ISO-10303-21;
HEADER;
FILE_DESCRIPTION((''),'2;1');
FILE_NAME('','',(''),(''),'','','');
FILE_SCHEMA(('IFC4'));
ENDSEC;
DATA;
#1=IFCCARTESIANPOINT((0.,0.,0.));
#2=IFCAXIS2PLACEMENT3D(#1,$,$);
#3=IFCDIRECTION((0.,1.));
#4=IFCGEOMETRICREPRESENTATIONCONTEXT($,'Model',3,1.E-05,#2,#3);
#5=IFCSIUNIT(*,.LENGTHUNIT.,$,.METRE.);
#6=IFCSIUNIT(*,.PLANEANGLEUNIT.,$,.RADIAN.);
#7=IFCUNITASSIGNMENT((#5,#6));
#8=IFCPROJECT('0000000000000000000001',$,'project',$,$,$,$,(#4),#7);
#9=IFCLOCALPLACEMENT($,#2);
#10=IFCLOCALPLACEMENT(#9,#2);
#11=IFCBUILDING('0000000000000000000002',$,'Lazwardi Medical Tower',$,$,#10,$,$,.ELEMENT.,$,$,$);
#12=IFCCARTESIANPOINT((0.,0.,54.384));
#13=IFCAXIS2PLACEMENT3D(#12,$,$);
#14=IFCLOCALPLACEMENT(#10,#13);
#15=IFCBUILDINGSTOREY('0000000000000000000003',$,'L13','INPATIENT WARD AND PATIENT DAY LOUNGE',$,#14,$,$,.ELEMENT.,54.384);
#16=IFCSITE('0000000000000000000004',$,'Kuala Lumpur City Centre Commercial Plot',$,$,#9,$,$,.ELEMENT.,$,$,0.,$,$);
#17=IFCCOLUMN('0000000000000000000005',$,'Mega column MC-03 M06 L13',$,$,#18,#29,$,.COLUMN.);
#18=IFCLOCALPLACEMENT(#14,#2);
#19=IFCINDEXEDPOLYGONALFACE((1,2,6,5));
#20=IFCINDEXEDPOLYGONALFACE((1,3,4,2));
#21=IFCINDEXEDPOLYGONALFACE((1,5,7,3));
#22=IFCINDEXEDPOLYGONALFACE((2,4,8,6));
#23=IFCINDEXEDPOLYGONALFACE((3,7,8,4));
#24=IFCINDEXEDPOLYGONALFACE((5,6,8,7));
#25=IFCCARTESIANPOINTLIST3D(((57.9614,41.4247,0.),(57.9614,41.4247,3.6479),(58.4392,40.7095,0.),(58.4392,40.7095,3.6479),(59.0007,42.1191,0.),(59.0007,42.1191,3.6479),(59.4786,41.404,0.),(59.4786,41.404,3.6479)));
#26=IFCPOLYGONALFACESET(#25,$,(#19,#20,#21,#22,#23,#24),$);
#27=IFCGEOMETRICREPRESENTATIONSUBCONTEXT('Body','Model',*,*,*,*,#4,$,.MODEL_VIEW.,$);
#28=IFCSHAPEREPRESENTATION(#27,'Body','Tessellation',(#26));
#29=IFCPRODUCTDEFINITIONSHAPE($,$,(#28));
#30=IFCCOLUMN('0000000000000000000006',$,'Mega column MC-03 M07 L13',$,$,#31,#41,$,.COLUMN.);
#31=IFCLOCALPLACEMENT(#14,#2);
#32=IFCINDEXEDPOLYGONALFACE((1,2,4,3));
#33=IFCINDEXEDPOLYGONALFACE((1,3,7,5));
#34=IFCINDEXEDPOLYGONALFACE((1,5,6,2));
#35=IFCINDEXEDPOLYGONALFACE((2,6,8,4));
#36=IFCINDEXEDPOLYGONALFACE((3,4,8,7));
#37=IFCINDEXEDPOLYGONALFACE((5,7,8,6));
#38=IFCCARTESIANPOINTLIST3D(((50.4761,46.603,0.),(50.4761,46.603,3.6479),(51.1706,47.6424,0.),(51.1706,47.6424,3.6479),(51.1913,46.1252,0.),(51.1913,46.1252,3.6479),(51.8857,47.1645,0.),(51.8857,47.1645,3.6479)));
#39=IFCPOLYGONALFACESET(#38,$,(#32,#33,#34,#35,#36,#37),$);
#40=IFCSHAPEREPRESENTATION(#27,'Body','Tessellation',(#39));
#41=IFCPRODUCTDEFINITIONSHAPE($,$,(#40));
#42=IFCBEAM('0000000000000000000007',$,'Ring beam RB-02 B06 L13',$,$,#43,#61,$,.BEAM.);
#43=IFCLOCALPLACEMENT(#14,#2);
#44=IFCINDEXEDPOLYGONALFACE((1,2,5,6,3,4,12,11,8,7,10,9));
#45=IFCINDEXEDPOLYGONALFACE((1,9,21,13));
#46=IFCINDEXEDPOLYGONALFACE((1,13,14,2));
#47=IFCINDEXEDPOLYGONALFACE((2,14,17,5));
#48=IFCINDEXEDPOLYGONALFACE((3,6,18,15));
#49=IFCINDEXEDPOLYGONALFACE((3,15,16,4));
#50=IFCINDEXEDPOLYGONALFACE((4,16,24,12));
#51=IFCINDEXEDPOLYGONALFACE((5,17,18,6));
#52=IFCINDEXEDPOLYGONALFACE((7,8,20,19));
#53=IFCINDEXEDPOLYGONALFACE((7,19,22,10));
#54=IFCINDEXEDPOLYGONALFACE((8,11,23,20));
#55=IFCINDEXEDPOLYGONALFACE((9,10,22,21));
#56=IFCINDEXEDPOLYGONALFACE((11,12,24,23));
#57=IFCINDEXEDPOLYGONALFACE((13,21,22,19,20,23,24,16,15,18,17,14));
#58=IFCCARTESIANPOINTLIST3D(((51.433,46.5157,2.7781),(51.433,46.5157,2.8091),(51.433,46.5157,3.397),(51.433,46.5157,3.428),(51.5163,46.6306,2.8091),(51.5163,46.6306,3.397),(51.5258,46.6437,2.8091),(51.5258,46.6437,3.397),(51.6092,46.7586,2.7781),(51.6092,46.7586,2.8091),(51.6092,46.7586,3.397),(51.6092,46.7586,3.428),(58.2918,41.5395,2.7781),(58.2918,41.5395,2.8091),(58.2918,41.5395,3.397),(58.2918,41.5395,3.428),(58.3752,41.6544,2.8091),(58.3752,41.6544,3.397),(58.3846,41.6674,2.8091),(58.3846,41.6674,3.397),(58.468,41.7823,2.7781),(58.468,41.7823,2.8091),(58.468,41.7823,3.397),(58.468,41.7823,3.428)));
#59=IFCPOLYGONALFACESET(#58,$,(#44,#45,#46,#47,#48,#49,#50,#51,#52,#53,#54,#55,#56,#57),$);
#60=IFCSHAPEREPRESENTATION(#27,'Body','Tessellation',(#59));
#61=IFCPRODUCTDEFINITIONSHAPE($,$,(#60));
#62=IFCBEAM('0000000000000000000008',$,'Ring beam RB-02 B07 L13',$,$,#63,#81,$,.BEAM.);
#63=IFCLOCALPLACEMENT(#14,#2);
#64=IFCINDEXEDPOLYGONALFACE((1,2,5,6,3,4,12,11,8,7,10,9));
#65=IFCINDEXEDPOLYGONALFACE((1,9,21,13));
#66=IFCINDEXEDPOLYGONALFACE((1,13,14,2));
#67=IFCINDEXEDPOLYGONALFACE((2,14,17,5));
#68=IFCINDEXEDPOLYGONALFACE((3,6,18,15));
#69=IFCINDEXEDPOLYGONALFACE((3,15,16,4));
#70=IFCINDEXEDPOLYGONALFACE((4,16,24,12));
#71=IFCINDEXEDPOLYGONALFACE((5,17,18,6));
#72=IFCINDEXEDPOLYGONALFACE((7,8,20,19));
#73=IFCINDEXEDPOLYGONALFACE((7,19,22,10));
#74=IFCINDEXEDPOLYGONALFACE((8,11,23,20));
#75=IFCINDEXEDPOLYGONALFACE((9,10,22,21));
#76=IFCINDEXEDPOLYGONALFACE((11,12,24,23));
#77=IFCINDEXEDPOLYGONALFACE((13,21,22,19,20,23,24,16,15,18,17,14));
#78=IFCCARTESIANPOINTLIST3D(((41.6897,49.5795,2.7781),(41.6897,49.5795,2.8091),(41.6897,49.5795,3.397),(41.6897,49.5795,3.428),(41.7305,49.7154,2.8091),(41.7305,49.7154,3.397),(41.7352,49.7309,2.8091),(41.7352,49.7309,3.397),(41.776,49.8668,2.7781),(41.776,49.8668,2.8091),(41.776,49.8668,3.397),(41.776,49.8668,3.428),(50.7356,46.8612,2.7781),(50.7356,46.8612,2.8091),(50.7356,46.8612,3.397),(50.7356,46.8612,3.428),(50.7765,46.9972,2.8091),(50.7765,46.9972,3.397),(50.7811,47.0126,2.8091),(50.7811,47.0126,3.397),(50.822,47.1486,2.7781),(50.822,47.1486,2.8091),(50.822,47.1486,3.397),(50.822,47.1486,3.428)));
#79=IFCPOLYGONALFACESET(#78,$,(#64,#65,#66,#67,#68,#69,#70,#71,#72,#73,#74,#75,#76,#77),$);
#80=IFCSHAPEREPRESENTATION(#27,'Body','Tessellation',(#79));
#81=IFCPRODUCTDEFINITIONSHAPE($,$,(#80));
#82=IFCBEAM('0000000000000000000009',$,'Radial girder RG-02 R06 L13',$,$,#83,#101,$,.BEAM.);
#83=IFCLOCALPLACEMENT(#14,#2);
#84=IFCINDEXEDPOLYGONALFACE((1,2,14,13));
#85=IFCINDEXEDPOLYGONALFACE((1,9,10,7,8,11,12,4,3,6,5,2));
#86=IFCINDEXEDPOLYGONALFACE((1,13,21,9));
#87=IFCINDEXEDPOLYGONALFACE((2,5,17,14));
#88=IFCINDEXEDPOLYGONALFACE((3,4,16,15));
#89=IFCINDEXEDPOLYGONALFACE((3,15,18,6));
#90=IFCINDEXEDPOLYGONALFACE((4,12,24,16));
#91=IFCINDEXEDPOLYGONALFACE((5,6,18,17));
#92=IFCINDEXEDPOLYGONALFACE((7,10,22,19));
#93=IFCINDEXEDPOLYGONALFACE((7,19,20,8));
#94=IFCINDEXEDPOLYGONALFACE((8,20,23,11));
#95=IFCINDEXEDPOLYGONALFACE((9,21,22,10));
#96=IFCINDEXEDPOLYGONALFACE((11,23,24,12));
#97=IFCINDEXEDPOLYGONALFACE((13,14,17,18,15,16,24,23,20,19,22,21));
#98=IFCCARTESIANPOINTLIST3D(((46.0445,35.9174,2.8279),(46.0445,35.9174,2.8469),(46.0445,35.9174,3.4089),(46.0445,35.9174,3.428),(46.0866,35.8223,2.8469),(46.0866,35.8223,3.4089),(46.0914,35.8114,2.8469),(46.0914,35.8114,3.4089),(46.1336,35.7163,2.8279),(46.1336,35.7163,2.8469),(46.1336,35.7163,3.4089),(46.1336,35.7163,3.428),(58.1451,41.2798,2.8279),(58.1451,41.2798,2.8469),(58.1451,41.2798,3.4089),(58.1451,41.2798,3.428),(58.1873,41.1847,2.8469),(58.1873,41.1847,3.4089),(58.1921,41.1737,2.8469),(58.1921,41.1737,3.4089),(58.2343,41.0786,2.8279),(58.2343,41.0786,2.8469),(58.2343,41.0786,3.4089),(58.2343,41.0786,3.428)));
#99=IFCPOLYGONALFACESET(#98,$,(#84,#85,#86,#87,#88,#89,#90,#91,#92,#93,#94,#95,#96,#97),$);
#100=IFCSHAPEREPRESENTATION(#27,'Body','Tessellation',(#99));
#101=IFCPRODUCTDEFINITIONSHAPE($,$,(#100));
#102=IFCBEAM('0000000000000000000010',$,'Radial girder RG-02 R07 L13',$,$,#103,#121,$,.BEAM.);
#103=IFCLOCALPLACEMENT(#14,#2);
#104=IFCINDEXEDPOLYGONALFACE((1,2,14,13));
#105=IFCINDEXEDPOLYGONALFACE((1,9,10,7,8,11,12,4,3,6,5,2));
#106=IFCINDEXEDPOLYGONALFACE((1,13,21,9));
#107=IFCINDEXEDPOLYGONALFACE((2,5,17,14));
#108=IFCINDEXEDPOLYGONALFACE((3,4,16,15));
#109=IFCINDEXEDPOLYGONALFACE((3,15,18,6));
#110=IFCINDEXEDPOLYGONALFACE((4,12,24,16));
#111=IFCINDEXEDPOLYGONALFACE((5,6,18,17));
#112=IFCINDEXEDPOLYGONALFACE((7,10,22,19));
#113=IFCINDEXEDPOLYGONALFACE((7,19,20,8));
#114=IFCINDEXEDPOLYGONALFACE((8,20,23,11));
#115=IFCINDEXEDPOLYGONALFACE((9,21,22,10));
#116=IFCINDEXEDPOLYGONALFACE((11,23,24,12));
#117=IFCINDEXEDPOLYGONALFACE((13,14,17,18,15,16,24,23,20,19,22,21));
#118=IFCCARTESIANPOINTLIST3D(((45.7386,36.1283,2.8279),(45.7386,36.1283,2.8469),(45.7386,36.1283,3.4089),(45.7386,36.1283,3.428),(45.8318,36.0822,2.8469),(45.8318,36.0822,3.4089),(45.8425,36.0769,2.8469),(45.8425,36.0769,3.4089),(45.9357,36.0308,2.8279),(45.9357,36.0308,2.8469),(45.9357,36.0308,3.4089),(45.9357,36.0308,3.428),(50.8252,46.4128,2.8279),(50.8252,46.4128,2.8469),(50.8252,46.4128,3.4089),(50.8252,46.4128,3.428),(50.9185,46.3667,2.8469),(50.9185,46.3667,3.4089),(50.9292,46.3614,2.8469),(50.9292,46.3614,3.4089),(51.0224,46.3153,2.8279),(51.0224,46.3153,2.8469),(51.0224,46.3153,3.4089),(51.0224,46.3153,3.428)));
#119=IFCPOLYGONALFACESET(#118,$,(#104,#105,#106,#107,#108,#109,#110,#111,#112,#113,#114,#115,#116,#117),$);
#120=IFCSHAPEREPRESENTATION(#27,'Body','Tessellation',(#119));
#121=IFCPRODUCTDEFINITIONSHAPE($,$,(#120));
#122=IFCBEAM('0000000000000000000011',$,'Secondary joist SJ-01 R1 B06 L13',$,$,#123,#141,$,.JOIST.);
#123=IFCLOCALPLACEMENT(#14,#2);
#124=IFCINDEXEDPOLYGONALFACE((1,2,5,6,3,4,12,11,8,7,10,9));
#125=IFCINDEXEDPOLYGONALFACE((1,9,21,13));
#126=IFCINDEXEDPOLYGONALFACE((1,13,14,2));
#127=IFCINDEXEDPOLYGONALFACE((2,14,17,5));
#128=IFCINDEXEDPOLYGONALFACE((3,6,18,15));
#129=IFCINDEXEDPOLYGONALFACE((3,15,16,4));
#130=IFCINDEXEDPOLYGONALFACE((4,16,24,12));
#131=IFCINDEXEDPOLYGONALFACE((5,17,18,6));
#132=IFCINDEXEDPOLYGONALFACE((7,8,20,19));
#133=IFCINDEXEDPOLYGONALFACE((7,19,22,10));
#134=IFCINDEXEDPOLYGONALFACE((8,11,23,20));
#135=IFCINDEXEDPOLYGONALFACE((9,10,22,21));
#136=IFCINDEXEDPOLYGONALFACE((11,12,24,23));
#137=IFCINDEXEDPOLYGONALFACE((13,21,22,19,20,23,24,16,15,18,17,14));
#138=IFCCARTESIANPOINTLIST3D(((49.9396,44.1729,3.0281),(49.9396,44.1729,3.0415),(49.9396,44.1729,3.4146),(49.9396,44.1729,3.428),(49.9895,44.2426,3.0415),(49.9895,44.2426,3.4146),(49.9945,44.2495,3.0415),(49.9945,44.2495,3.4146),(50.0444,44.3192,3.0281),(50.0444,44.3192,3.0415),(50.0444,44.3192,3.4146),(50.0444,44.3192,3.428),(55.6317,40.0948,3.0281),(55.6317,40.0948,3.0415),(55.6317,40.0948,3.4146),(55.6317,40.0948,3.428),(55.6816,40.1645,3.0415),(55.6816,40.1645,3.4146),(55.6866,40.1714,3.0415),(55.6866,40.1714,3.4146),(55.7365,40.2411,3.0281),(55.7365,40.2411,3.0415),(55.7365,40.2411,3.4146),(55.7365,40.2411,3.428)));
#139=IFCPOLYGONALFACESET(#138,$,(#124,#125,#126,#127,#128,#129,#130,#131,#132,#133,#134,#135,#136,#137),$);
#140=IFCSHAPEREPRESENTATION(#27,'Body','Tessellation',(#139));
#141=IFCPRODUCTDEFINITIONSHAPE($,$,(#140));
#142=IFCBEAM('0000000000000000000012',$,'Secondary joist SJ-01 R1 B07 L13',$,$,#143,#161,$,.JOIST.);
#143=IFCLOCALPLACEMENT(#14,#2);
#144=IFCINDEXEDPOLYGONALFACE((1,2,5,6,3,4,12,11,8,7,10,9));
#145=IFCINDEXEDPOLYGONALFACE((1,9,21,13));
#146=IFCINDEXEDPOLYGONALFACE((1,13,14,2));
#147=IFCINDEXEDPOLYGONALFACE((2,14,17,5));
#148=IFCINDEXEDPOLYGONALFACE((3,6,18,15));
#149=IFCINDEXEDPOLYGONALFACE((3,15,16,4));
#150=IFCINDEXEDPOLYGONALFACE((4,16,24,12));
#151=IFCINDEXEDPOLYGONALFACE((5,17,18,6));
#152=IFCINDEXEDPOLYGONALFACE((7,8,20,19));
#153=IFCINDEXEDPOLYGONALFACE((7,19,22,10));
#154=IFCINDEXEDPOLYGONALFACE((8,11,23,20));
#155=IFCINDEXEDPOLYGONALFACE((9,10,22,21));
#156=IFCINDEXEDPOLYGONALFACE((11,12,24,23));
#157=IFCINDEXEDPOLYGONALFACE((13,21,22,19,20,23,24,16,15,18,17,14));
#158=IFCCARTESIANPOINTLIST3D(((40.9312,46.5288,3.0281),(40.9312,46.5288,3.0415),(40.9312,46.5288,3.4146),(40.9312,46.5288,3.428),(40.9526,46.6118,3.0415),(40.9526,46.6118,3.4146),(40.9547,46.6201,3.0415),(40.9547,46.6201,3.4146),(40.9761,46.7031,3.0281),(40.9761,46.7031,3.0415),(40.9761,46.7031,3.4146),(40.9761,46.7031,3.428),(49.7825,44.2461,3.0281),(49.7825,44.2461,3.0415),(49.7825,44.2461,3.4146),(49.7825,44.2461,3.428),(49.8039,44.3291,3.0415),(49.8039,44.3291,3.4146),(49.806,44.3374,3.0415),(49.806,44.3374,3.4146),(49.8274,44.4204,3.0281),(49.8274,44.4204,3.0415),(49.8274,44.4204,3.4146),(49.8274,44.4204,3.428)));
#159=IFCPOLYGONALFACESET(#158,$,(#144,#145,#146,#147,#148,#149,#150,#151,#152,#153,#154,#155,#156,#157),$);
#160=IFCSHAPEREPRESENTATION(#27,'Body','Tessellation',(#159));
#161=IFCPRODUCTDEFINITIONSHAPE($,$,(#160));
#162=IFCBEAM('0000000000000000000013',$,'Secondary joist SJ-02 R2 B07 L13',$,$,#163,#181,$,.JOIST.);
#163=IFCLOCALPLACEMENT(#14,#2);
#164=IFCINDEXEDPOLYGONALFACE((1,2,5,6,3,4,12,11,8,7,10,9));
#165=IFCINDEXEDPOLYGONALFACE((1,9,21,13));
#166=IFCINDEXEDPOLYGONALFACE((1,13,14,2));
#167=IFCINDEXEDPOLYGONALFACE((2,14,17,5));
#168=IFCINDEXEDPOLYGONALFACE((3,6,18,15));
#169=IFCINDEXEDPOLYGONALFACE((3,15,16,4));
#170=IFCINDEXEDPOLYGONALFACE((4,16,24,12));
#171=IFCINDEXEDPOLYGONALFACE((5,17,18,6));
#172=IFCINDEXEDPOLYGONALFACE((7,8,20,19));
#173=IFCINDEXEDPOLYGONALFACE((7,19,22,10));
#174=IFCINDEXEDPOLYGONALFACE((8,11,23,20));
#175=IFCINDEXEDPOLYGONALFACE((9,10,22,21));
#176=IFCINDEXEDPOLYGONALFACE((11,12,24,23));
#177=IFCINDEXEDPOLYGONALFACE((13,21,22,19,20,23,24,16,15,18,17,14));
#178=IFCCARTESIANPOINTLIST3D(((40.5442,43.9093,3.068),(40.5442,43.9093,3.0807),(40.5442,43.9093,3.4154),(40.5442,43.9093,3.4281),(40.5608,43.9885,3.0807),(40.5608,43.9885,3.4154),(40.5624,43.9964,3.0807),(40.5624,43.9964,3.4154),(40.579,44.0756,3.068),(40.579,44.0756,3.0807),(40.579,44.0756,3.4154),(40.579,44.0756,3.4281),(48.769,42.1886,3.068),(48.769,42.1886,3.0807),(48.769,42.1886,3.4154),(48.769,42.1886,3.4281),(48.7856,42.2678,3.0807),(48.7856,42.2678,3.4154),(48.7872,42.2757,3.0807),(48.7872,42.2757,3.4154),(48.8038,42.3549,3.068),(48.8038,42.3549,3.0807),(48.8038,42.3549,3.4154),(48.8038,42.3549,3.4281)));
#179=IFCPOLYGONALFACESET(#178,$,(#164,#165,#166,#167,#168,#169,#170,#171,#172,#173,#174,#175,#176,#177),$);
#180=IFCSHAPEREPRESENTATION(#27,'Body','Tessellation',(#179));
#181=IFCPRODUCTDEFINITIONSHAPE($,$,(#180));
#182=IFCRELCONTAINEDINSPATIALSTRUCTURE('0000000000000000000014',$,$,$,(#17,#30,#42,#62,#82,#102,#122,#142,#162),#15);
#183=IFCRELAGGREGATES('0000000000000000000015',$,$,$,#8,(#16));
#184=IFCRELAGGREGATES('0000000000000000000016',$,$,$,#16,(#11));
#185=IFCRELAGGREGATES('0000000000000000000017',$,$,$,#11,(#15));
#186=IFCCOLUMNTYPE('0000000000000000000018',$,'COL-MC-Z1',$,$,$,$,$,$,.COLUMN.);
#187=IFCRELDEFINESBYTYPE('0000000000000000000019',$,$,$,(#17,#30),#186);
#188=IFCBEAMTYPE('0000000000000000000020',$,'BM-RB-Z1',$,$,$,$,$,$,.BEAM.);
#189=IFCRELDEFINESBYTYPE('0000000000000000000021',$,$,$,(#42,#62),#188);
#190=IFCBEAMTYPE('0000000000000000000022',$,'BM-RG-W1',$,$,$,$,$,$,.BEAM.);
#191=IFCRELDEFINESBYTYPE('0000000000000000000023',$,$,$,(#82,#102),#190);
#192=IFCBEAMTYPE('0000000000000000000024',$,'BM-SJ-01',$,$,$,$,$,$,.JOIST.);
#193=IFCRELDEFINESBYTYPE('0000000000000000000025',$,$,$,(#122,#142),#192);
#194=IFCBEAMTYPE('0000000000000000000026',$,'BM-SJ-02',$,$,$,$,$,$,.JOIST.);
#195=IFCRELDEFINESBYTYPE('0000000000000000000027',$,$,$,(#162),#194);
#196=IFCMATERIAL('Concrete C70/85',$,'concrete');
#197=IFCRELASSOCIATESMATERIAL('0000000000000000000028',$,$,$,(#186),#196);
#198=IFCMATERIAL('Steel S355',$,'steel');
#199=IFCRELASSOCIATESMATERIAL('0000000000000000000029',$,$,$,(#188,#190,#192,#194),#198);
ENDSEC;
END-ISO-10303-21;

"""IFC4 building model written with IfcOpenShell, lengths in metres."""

from ifc_helpers import new_model, si_unit, direction, frame, origin, origin_2d, place, context, subcontext, project, spatial, rectangle, i_section, extrude, material, material_profile, profile_set, type_object, element, save


model = new_model("IFC4")

# Units and contexts
model_context = context("Model", 3, precision=1e-05, world=origin(), true_north=direction((0.0, 1.0)))
body_context = subcontext(model_context, "Body", "Model", "MODEL_VIEW")
ifc_project = project(units=[si_unit("LENGTHUNIT", "METRE"), si_unit("PLANEANGLEUNIT", "RADIAN")], contexts=[model_context])

# Site, building, storey
site_placement = place(None, origin())
site = spatial("IfcSite", under=ifc_project, at=site_placement, Name="Kuala Lumpur City Centre Commercial Plot", CompositionType="ELEMENT", RefElevation=0.0)
building_placement = place(site_placement, origin())
building = spatial("IfcBuilding", under=site, at=building_placement, Name="Lazwardi Medical Tower", CompositionType="ELEMENT")
storey_placement = place(building_placement, frame((0.0, 0.0, 54.384)))
storey = spatial("IfcBuildingStorey", under=building, at=storey_placement, Name="L13", Description="INPATIENT WARD AND PATIENT DAY LOUNGE", CompositionType="ELEMENT", Elevation=54.384)

# Columns
ifc_material_1 = material(Name="Concrete C70/85", Category="concrete")
ifc_material_profile_1 = material_profile(ifc_material_1, rectangle(XDim=1.25, YDim=0.8601, at=origin_2d()), Name="CFT-RECT 1250x860")
ifc_profile_set_1 = profile_set([ifc_material_profile_1], Name="Concrete C70/85")
column_type = type_object("IfcColumnType", Name="COL-MC-Z1", PredefinedType="COLUMN", material=ifc_profile_set_1)
for number, where, z_axis, x_axis, name in (
    (1, (58.72, 41.4143, 0.0), (0.0, 0.0, 1.0), (0.83147, 0.55557, 0.0), "Mega column MC-03 M06 L13"),
    (2, (51.1809, 46.8838, 0.0), (0.0, 0.0, 1.0), (0.55557, 0.83147, 0.0), "Mega column MC-03 M07 L13"),
):
    element("IfcColumn", number, at=place(storey_placement, frame(where, z_axis=z_axis, x_axis=x_axis)), inside=storey, type_object=column_type, Name=name, PredefinedType="COLUMN", context=body_context, shape_type="SweptSolid", body=[
        extrude(rectangle(XDim=1.25, YDim=0.8601, at=origin_2d()), origin(), (0.0, 0.0, 1.0), 3.6479),
    ])

# Beams
ifc_material_2 = material(Name="Steel S355", Category="steel")
ifc_material_profile_2 = material_profile(ifc_material_2, i_section(OverallWidth=0.3, OverallDepth=0.6499, WebThickness=0.0161, FlangeThickness=0.031, at=origin_2d()), Name="HEB 650")
ifc_profile_set_2 = profile_set([ifc_material_profile_2], Name="Steel S355")
beam_type_1 = type_object("IfcBeamType", Name="BM-RB-Z1", PredefinedType="BEAM", material=ifc_profile_set_2)
beam_1_placement = place(storey_placement, frame((58.3799, 41.6609, 3.103), z_axis=(-0.809407, 0.587248, 0.0), x_axis=(-0.587248, -0.809407, 0.0)))
element("IfcBeam", 3, at=beam_1_placement, inside=storey, type_object=beam_type_1, Name="Ring beam RB-02 B06 L13", PredefinedType="BEAM", context=body_context, shape_type="SweptSolid", body=[
    extrude(i_section(OverallWidth=0.3, OverallDepth=0.6499, WebThickness=0.0161, FlangeThickness=0.031, at=origin_2d()), origin(), (0.0, 0.0, 1.0), 8.4739),
])
beam_2_placement = place(storey_placement, frame((50.7788, 47.0049, 3.103), z_axis=(-0.957695, 0.287784, 0.0), x_axis=(-0.287784, -0.957695, 0.0)))
element("IfcBeam", 4, at=beam_2_placement, inside=storey, type_object=beam_type_1, Name="Ring beam RB-02 B07 L13", PredefinedType="BEAM", context=body_context, shape_type="SweptSolid", body=[
    extrude(i_section(OverallWidth=0.3, OverallDepth=0.6499, WebThickness=0.0161, FlangeThickness=0.031, at=origin_2d()), origin(), (0.0, 0.0, 1.0), 9.4456),
])
ifc_material_profile_3 = material_profile(ifc_material_2, i_section(OverallWidth=0.22, OverallDepth=0.6001, WebThickness=0.012, FlangeThickness=0.019, at=origin_2d()), Name="IPE 600")
ifc_profile_set_3 = profile_set([ifc_material_profile_3], Name="Steel S355")
beam_type_2 = type_object("IfcBeamType", Name="BM-RG-W1", PredefinedType="BEAM", material=ifc_profile_set_3)
beam_3_placement = place(storey_placement, frame((58.1897, 41.1792, 3.1279), z_axis=(-0.914252, -0.405146, 0.0), x_axis=(0.405146, -0.914252, 0.0)))
element("IfcBeam", 5, at=beam_3_placement, inside=storey, type_object=beam_type_2, Name="Radial girder RG-02 R06 L13", PredefinedType="BEAM", context=body_context, shape_type="SweptSolid", body=[
    extrude(i_section(OverallWidth=0.22, OverallDepth=0.6001, WebThickness=0.012, FlangeThickness=0.019, at=origin_2d()), origin(), (0.0, 0.0, 1.0), 13.2356),
])
beam_4_placement = place(storey_placement, frame((50.9238, 46.364, 3.1279), z_axis=(-0.443337, -0.896355, 0.0), x_axis=(0.896355, -0.443337, 0.0)))
element("IfcBeam", 6, at=beam_4_placement, inside=storey, type_object=beam_type_2, Name="Radial girder RG-02 R07 L13", PredefinedType="BEAM", context=body_context, shape_type="SweptSolid", body=[
    extrude(i_section(OverallWidth=0.22, OverallDepth=0.6001, WebThickness=0.012, FlangeThickness=0.019, at=origin_2d()), origin(), (0.0, 0.0, 1.0), 11.4736),
])
ifc_material_profile_4 = material_profile(ifc_material_2, i_section(OverallWidth=0.1799, OverallDepth=0.3999, WebThickness=0.0085, FlangeThickness=0.0134, at=origin_2d()), Name="IPE 400")
ifc_profile_set_4 = profile_set([ifc_material_profile_4], Name="Steel S355")
beam_type_3 = type_object("IfcBeamType", Name="BM-SJ-01", PredefinedType="JOIST", material=ifc_profile_set_4)
beam_5_placement = place(storey_placement, frame((55.6841, 40.168, 3.228), z_axis=(-0.812901, 0.582402, 0.0), x_axis=(-0.582402, -0.812901, 0.0)))
element("IfcBeam", 7, at=beam_5_placement, inside=storey, type_object=beam_type_3, Name="Secondary joist SJ-01 R1 B06 L13", PredefinedType="JOIST", context=body_context, shape_type="SweptSolid", body=[
    extrude(i_section(OverallWidth=0.1799, OverallDepth=0.3999, WebThickness=0.0085, FlangeThickness=0.0134, at=origin_2d()), origin(), (0.0, 0.0, 1.0), 7.0022),
])
beam_6_placement = place(storey_placement, frame((49.8049, 44.3333, 3.228), z_axis=(-0.968317, 0.249725, 0.0), x_axis=(-0.249725, -0.968317, 0.0)))
element("IfcBeam", 8, at=beam_6_placement, inside=storey, type_object=beam_type_3, Name="Secondary joist SJ-01 R1 B07 L13", PredefinedType="JOIST", context=body_context, shape_type="SweptSolid", body=[
    extrude(i_section(OverallWidth=0.1799, OverallDepth=0.3999, WebThickness=0.0085, FlangeThickness=0.0134, at=origin_2d()), origin(), (0.0, 0.0, 1.0), 9.1409),
])
ifc_material_profile_5 = material_profile(ifc_material_2, i_section(OverallWidth=0.1699, OverallDepth=0.3601, WebThickness=0.0081, FlangeThickness=0.0127, at=origin_2d()), Name="IPE 360")
ifc_profile_set_5 = profile_set([ifc_material_profile_5], Name="Steel S355")
beam_type_4 = type_object("IfcBeamType", Name="BM-SJ-02", PredefinedType="JOIST", material=ifc_profile_set_5)
beam_7_placement = place(storey_placement, frame((48.7864, 42.2717, 3.248), z_axis=(-0.978809, 0.204774, 0.0), x_axis=(-0.204774, -0.978809, 0.0)))
element("IfcBeam", 9, at=beam_7_placement, inside=storey, type_object=beam_type_4, Name="Secondary joist SJ-02 R2 B07 L13", PredefinedType="JOIST", context=body_context, shape_type="SweptSolid", body=[
    extrude(i_section(OverallWidth=0.1699, OverallDepth=0.3601, WebThickness=0.0081, FlangeThickness=0.0127, at=origin_2d()), origin(), (0.0, 0.0, 1.0), 8.4028),
])

save(model, "model.ifc")
